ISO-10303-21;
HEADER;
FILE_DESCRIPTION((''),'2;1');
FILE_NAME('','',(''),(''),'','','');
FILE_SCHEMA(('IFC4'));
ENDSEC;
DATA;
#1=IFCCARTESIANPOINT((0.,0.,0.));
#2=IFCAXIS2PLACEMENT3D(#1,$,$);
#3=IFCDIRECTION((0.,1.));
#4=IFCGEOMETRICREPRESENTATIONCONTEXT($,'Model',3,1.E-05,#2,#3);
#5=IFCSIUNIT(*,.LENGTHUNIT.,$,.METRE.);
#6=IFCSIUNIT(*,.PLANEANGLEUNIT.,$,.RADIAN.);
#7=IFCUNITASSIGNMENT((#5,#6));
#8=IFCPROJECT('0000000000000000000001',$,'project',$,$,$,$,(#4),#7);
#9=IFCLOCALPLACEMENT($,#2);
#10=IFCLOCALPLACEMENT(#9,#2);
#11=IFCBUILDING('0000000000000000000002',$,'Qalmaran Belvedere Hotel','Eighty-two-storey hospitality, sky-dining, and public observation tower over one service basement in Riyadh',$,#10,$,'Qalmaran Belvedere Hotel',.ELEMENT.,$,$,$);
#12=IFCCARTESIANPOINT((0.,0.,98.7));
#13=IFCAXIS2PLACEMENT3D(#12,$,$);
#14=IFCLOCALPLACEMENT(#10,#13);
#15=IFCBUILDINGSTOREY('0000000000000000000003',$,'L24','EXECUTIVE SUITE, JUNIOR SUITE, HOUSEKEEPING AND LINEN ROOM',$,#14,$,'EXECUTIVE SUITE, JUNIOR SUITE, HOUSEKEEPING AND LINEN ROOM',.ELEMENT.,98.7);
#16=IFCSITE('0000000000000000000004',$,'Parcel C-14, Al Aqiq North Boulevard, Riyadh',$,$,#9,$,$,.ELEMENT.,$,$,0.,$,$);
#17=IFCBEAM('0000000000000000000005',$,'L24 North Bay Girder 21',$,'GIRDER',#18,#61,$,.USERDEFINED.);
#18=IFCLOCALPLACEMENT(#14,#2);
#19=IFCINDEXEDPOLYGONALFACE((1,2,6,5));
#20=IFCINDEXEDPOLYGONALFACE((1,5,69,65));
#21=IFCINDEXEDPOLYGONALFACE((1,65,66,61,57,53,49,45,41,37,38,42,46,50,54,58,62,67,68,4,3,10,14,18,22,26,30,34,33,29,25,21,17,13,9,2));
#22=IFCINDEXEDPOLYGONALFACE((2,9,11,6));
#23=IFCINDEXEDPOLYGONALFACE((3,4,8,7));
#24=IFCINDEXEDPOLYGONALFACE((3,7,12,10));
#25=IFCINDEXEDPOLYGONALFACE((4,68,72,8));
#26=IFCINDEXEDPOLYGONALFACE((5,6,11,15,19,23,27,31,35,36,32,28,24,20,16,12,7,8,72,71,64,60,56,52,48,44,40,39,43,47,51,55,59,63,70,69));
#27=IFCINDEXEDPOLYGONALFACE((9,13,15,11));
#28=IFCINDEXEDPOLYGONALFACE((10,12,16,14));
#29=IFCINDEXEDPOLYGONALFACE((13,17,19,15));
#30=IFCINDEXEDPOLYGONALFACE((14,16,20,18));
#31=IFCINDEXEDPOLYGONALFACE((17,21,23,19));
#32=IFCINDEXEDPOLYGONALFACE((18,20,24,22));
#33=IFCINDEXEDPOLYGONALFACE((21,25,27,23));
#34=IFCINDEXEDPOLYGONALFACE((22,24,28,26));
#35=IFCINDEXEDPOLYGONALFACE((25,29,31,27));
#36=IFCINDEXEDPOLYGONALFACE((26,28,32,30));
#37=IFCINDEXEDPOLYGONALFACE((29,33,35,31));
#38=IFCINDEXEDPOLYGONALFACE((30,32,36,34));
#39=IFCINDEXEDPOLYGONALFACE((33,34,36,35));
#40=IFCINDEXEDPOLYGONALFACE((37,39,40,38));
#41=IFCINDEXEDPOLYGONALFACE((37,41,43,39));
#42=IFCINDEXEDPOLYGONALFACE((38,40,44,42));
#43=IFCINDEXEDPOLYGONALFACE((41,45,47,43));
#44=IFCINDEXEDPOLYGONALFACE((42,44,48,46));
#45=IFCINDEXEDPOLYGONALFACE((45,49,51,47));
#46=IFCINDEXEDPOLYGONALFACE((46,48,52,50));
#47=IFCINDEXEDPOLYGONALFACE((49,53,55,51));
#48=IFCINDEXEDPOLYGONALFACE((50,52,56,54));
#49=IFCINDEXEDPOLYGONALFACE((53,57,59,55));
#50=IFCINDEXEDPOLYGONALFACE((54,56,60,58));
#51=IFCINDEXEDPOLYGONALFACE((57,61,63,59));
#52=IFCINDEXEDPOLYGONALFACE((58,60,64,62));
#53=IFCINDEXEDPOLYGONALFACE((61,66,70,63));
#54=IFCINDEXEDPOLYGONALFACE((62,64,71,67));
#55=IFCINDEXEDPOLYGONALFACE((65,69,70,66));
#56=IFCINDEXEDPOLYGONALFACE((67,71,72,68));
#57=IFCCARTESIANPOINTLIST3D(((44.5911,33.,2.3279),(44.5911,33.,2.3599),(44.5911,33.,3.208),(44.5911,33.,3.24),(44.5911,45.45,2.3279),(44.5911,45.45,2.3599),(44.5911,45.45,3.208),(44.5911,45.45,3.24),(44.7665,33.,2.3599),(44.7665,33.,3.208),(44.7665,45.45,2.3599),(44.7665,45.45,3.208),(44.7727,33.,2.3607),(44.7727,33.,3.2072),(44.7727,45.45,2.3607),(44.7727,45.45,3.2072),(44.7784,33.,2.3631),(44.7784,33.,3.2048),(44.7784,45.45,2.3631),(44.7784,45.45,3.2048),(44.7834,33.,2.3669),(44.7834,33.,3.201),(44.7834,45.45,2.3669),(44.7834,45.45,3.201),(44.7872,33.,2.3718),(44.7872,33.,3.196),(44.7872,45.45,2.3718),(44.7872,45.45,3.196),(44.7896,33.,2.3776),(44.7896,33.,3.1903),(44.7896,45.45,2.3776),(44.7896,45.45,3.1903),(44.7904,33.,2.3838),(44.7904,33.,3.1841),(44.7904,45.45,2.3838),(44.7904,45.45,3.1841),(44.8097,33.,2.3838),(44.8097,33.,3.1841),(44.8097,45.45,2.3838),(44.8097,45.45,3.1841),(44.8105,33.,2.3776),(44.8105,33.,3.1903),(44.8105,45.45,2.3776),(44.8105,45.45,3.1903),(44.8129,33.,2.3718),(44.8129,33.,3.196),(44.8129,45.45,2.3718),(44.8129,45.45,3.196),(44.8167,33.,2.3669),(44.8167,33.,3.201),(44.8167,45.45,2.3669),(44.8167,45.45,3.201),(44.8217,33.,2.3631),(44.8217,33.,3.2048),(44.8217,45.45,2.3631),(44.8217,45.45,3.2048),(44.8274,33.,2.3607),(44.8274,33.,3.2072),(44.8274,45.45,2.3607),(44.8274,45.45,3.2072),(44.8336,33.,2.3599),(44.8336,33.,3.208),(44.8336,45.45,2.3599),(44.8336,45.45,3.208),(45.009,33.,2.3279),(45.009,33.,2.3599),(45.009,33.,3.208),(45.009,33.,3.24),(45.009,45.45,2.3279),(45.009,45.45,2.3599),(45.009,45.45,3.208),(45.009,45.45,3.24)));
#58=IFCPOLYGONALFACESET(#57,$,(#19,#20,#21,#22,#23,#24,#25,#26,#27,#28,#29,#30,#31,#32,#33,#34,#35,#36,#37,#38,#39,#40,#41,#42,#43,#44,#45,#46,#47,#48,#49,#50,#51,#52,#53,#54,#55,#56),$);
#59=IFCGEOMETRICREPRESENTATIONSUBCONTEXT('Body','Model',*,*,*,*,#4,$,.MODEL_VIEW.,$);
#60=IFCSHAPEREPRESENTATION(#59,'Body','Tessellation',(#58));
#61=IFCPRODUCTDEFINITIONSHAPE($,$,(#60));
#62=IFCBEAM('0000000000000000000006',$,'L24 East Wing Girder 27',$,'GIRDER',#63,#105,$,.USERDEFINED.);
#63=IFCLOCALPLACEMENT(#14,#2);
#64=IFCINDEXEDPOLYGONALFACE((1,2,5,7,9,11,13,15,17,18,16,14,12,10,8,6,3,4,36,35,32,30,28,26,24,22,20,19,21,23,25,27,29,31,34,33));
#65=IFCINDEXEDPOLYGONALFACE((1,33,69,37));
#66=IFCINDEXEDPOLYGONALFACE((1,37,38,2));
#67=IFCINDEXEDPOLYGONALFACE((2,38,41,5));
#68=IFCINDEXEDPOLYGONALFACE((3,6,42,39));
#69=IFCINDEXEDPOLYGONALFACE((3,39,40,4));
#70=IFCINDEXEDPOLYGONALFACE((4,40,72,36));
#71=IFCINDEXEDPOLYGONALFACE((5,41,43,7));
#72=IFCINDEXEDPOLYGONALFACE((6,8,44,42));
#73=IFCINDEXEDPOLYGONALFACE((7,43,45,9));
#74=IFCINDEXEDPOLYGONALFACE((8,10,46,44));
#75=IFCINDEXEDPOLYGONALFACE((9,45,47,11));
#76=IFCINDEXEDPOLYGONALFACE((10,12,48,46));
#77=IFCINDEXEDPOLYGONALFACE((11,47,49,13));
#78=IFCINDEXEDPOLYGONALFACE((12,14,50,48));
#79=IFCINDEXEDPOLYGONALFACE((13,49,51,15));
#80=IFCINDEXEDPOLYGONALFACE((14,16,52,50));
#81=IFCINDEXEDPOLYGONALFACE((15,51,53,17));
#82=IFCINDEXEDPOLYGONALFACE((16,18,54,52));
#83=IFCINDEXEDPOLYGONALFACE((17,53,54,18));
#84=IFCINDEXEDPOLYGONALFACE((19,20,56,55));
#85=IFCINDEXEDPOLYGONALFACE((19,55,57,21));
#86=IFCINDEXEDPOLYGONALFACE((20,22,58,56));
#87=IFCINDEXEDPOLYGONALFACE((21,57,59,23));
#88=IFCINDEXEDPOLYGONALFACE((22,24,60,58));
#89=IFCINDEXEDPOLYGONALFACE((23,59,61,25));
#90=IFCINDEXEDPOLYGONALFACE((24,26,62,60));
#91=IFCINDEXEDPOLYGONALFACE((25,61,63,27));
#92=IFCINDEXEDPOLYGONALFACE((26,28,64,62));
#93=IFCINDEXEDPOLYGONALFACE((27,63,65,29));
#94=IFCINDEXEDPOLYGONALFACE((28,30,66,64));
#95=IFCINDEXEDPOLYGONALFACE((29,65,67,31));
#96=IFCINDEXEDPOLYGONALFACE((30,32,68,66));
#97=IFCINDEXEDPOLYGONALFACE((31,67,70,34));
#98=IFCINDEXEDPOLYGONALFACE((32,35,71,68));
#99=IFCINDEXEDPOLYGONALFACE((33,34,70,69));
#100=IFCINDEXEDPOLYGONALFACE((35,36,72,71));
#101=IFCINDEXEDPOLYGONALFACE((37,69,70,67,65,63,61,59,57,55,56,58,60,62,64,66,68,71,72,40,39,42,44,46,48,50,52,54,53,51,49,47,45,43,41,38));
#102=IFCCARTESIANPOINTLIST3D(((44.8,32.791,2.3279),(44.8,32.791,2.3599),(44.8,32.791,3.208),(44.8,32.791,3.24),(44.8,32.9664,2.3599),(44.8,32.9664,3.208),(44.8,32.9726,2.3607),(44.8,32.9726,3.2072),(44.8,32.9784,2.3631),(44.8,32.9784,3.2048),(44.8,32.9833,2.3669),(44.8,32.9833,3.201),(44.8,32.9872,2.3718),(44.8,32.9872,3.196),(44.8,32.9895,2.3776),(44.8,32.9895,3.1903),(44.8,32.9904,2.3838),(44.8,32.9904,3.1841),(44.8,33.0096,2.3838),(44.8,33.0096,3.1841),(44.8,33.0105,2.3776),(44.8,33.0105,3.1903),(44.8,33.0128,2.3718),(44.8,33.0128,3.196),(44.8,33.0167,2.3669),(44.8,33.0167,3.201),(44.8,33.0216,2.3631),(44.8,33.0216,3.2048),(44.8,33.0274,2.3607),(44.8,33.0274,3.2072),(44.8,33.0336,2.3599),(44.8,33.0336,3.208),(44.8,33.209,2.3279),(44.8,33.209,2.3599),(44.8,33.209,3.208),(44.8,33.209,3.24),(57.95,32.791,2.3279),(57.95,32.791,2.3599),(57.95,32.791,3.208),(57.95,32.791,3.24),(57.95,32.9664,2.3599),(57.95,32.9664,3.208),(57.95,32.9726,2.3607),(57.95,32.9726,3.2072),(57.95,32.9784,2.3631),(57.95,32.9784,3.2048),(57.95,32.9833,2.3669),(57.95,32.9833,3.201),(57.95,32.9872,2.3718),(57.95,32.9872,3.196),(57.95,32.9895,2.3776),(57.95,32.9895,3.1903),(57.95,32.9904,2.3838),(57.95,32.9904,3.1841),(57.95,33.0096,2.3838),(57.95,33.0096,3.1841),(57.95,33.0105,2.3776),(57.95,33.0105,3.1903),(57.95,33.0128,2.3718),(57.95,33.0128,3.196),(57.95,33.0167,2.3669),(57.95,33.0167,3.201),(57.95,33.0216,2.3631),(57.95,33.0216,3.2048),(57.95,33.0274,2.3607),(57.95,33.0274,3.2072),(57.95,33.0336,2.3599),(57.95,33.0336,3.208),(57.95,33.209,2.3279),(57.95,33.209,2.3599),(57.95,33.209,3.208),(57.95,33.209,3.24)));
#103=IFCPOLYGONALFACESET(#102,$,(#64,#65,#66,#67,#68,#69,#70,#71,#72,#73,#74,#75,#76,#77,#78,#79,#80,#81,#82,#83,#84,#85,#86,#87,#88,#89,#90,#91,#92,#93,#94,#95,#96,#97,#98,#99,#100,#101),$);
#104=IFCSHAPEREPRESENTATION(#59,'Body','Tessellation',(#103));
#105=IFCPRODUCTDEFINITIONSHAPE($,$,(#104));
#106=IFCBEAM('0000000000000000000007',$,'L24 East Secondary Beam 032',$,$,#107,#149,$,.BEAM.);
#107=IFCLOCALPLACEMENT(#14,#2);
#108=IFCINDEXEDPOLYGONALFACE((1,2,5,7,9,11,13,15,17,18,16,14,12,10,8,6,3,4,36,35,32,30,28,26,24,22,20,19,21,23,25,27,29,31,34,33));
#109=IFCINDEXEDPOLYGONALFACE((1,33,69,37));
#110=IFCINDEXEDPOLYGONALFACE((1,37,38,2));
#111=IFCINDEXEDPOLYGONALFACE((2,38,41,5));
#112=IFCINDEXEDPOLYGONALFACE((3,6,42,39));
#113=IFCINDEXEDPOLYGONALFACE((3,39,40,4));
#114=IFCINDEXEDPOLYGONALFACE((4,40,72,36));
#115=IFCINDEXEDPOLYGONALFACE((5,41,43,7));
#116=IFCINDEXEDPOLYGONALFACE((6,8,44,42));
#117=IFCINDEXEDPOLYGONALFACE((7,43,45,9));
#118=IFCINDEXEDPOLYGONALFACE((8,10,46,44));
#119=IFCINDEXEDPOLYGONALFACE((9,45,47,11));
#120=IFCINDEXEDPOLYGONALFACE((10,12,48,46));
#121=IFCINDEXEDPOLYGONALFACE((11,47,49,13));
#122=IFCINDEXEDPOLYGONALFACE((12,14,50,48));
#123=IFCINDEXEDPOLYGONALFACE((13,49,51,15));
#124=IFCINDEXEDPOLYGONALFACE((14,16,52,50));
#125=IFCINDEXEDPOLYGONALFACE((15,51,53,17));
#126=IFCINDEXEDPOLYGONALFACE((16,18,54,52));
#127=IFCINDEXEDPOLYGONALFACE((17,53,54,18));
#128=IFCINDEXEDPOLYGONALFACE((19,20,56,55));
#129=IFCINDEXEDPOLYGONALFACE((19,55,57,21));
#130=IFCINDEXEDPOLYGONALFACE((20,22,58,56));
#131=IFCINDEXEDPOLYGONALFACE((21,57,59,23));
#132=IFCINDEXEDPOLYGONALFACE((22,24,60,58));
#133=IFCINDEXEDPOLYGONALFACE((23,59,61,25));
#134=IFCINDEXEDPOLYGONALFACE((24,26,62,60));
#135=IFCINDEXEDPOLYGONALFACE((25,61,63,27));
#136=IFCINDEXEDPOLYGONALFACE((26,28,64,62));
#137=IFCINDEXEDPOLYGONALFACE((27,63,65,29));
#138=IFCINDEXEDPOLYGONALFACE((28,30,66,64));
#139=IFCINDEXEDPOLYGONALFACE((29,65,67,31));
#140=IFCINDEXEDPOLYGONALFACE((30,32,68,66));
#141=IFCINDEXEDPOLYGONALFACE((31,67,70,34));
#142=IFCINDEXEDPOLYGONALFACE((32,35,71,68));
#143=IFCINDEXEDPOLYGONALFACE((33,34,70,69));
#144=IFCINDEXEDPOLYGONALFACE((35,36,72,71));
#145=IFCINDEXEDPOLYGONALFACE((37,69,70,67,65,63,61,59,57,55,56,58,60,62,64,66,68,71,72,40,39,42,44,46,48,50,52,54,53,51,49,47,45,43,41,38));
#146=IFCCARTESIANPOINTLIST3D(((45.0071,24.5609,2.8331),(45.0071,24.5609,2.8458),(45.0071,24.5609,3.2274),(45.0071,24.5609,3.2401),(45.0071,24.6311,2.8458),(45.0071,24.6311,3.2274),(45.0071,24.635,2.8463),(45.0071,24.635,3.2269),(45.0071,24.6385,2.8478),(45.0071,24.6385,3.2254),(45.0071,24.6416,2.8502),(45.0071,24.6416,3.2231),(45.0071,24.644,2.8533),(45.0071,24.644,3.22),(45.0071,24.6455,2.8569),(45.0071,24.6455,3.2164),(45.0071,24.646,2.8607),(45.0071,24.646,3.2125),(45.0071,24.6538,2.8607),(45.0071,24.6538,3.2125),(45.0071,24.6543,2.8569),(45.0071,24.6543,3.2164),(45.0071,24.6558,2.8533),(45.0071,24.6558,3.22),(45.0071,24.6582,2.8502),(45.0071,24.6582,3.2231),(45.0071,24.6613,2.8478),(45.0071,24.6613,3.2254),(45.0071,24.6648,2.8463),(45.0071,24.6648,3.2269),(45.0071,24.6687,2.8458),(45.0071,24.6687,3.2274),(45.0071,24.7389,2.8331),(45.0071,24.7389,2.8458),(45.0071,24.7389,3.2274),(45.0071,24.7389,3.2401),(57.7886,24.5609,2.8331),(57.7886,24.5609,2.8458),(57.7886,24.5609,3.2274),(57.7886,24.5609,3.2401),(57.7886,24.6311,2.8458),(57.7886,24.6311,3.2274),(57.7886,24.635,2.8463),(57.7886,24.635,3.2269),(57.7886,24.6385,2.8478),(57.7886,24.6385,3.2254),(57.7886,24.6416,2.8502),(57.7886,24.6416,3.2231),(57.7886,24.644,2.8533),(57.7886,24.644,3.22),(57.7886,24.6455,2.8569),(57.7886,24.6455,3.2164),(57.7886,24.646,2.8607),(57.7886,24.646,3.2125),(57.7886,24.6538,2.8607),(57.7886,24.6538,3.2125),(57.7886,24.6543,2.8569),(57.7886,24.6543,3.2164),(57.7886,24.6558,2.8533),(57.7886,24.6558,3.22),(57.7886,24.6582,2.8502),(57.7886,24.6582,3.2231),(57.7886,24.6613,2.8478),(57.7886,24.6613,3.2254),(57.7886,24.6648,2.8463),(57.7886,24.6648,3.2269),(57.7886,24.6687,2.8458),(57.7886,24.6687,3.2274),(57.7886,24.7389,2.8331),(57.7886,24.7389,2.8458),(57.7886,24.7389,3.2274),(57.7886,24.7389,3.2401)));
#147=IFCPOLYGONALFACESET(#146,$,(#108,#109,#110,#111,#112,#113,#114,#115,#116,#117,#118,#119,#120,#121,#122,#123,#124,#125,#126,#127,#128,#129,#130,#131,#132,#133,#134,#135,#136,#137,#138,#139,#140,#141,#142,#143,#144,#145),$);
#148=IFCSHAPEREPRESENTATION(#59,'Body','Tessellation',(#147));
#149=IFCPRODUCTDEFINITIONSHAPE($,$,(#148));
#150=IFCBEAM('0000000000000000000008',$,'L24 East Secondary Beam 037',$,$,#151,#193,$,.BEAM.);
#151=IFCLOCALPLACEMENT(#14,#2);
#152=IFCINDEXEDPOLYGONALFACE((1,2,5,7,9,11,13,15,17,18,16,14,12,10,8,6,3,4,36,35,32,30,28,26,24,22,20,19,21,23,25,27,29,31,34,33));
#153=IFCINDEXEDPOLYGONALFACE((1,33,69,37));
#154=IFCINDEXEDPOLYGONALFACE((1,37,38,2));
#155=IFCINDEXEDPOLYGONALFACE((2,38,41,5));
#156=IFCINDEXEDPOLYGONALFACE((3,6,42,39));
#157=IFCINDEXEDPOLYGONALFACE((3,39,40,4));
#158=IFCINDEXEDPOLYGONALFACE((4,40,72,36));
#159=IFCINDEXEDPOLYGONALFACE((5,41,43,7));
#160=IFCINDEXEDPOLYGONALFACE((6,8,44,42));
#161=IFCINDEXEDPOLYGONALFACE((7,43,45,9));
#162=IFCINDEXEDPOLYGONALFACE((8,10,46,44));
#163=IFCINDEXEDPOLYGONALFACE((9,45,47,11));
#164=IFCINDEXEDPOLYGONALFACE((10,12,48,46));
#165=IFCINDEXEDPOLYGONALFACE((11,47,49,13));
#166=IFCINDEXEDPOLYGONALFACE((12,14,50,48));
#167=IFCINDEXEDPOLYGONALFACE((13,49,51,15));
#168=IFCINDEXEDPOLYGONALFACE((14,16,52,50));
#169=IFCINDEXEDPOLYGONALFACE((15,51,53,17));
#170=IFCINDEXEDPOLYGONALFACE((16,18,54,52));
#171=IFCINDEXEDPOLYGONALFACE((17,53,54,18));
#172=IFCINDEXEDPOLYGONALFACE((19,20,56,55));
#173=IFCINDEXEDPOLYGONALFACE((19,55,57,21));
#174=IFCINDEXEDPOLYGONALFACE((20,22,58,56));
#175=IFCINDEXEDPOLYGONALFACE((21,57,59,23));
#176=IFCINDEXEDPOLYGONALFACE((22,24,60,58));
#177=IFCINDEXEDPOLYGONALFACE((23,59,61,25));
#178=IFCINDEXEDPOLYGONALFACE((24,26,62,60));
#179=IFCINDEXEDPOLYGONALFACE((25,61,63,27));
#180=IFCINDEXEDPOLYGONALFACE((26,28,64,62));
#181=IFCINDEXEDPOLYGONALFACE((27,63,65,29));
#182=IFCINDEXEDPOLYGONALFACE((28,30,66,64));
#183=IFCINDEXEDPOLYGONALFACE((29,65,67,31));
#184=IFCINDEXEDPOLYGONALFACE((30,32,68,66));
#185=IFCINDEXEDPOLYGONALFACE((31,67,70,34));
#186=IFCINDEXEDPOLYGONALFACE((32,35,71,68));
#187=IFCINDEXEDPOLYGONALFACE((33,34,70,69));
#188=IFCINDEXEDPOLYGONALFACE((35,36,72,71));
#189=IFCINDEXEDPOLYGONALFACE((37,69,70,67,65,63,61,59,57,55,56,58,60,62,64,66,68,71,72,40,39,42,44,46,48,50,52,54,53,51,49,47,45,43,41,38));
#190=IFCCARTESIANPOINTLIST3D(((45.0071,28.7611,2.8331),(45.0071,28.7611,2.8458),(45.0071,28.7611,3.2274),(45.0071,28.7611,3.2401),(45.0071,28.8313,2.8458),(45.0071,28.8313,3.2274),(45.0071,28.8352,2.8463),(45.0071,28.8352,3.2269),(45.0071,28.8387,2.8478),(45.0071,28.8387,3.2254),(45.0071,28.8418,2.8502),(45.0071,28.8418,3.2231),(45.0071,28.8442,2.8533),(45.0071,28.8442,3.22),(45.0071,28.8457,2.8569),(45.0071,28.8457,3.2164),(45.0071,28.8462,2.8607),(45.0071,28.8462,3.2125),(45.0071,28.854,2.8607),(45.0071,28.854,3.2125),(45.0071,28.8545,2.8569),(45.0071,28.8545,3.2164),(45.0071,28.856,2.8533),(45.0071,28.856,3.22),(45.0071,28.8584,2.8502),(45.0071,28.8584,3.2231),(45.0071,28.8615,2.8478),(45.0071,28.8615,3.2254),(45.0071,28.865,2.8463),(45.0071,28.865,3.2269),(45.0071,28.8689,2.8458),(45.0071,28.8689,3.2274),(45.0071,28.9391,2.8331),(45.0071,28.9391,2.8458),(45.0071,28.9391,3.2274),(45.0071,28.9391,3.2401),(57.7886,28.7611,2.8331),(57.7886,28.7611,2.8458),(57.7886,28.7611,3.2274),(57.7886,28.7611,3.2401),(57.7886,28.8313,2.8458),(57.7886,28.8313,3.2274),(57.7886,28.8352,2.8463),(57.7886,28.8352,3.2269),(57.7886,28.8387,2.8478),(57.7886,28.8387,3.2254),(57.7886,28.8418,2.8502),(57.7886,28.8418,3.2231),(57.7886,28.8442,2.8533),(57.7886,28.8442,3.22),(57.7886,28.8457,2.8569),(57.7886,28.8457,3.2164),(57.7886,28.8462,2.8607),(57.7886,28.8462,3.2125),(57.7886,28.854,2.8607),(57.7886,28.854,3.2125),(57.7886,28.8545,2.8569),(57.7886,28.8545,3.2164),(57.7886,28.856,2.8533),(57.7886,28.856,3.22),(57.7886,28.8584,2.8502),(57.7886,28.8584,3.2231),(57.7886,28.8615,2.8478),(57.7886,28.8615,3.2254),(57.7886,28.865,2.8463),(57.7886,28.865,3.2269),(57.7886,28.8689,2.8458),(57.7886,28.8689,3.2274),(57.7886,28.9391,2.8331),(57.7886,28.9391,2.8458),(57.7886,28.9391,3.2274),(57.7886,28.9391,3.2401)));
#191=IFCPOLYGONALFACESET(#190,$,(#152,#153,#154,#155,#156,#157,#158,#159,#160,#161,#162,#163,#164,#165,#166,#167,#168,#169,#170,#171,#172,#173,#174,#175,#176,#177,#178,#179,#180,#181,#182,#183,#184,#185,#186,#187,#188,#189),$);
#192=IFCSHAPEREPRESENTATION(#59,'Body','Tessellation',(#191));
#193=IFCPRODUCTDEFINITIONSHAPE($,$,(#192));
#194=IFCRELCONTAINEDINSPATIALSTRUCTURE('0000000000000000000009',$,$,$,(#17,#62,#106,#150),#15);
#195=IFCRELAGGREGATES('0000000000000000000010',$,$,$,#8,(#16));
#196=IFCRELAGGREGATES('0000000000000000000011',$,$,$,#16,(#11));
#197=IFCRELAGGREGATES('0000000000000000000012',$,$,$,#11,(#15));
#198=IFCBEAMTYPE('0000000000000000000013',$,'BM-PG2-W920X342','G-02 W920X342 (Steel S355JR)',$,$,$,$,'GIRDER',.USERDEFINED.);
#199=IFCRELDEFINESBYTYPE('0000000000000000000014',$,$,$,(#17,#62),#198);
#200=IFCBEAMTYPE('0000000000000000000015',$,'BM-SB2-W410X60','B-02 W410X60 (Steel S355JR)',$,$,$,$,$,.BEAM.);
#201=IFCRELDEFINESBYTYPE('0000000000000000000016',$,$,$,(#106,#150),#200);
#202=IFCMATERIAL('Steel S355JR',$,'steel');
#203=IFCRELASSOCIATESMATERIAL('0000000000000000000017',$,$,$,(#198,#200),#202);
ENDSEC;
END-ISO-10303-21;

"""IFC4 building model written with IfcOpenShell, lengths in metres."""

from ifc_helpers import new_model, si_unit, direction, frame, origin, origin_2d, place, context, subcontext, project, spatial, i_section, extrude, material, material_profile, profile_set, type_object, element, save


model = new_model("IFC4")

# Units and contexts
model_context = context("Model", 3, precision=1e-05, world=origin(), true_north=direction((0.0, 1.0)))
body_context = subcontext(model_context, "Body", "Model", "MODEL_VIEW")
ifc_project = project(units=[si_unit("LENGTHUNIT", "METRE"), si_unit("PLANEANGLEUNIT", "RADIAN")], contexts=[model_context])

# Site, building, storey
site_placement = place(None, origin())
site = spatial("IfcSite", under=ifc_project, at=site_placement, Name="Parcel C-14, Al Aqiq North Boulevard, Riyadh", CompositionType="ELEMENT", RefElevation=0.0)
building_placement = place(site_placement, origin())
building = spatial("IfcBuilding", under=site, at=building_placement, Name="Qalmaran Belvedere Hotel", Description="Eighty-two-storey hospitality, sky-dining, and public observation tower over one service basement in Riyadh", LongName="Qalmaran Belvedere Hotel", CompositionType="ELEMENT")
storey_placement = place(building_placement, frame((0.0, 0.0, 98.7)))
storey = spatial("IfcBuildingStorey", under=building, at=storey_placement, Name="L24", Description="EXECUTIVE SUITE, JUNIOR SUITE, HOUSEKEEPING AND LINEN ROOM", LongName="EXECUTIVE SUITE, JUNIOR SUITE, HOUSEKEEPING AND LINEN ROOM", CompositionType="ELEMENT", Elevation=98.7)

# Beams
ifc_material_1 = material(Name="Steel S355JR", Category="steel")
ifc_material_profile_1 = material_profile(ifc_material_1, i_section(OverallWidth=0.418, OverallDepth=0.9121, WebThickness=0.0193, FlangeThickness=0.032, FilletRadius=0.0239, at=origin_2d()), Name="W920X342")
ifc_profile_set_1 = profile_set([ifc_material_profile_1], Name="Steel S355JR")
beam_type_1 = type_object("IfcBeamType", Name="BM-PG2-W920X342", Description="G-02 W920X342 (Steel S355JR)", ElementType="GIRDER", PredefinedType="USERDEFINED", material=ifc_profile_set_1)
beam_1_placement = place(storey_placement, frame((44.8, 33.0, 2.7839), z_axis=(0.0, 1.0, 0.0), x_axis=(-1.0, 0.0, 0.0)))
element("IfcBeam", 1, at=beam_1_placement, inside=storey, type_object=beam_type_1, Name="L24 North Bay Girder 21", ObjectType="GIRDER", PredefinedType="USERDEFINED", context=body_context, shape_type="SweptSolid", body=[
    extrude(i_section(OverallWidth=0.418, OverallDepth=0.9121, WebThickness=0.0193, FlangeThickness=0.032, FilletRadius=0.0239, at=origin_2d()), origin(), (0.0, 0.0, 1.0), 12.45),
])
beam_2_placement = place(storey_placement, frame((44.8, 33.0, 2.7839), z_axis=(1.0, 0.0, 0.0), x_axis=(0.0, 1.0, 0.0)))
element("IfcBeam", 2, at=beam_2_placement, inside=storey, type_object=beam_type_1, Name="L24 East Wing Girder 27", ObjectType="GIRDER", PredefinedType="USERDEFINED", context=body_context, shape_type="SweptSolid", body=[
    extrude(i_section(OverallWidth=0.418, OverallDepth=0.9121, WebThickness=0.0193, FlangeThickness=0.032, FilletRadius=0.0239, at=origin_2d()), origin(), (0.0, 0.0, 1.0), 13.1499),
])
ifc_material_profile_2 = material_profile(ifc_material_1, i_section(OverallWidth=0.178, OverallDepth=0.407, WebThickness=0.0078, FlangeThickness=0.0127, FilletRadius=0.0149, at=origin_2d()), Name="W410X60")
ifc_profile_set_2 = profile_set([ifc_material_profile_2], Name="Steel S355JR")
beam_type_2 = type_object("IfcBeamType", Name="BM-SB2-W410X60", Description="B-02 W410X60 (Steel S355JR)", PredefinedType="BEAM", material=ifc_profile_set_2)
for number, where, z_axis, x_axis, name in (
    (3, (45.0071, 24.6499, 3.0366), (1.0, 0.0, 0.0), (0.0, 1.0, 0.0), "L24 East Secondary Beam 032"),
    (4, (45.0071, 28.8501, 3.0366), (1.0, 0.0, 0.0), (0.0, 1.0, 0.0), "L24 East Secondary Beam 037"),
):
    element("IfcBeam", number, at=place(storey_placement, frame(where, z_axis=z_axis, x_axis=x_axis)), inside=storey, type_object=beam_type_2, Name=name, PredefinedType="BEAM", context=body_context, shape_type="SweptSolid", body=[
        extrude(i_section(OverallWidth=0.178, OverallDepth=0.407, WebThickness=0.0078, FlangeThickness=0.0127, FilletRadius=0.0149, at=origin_2d()), origin(), (0.0, 0.0, 1.0), 12.7815),
    ])

save(model, "model.ifc")
